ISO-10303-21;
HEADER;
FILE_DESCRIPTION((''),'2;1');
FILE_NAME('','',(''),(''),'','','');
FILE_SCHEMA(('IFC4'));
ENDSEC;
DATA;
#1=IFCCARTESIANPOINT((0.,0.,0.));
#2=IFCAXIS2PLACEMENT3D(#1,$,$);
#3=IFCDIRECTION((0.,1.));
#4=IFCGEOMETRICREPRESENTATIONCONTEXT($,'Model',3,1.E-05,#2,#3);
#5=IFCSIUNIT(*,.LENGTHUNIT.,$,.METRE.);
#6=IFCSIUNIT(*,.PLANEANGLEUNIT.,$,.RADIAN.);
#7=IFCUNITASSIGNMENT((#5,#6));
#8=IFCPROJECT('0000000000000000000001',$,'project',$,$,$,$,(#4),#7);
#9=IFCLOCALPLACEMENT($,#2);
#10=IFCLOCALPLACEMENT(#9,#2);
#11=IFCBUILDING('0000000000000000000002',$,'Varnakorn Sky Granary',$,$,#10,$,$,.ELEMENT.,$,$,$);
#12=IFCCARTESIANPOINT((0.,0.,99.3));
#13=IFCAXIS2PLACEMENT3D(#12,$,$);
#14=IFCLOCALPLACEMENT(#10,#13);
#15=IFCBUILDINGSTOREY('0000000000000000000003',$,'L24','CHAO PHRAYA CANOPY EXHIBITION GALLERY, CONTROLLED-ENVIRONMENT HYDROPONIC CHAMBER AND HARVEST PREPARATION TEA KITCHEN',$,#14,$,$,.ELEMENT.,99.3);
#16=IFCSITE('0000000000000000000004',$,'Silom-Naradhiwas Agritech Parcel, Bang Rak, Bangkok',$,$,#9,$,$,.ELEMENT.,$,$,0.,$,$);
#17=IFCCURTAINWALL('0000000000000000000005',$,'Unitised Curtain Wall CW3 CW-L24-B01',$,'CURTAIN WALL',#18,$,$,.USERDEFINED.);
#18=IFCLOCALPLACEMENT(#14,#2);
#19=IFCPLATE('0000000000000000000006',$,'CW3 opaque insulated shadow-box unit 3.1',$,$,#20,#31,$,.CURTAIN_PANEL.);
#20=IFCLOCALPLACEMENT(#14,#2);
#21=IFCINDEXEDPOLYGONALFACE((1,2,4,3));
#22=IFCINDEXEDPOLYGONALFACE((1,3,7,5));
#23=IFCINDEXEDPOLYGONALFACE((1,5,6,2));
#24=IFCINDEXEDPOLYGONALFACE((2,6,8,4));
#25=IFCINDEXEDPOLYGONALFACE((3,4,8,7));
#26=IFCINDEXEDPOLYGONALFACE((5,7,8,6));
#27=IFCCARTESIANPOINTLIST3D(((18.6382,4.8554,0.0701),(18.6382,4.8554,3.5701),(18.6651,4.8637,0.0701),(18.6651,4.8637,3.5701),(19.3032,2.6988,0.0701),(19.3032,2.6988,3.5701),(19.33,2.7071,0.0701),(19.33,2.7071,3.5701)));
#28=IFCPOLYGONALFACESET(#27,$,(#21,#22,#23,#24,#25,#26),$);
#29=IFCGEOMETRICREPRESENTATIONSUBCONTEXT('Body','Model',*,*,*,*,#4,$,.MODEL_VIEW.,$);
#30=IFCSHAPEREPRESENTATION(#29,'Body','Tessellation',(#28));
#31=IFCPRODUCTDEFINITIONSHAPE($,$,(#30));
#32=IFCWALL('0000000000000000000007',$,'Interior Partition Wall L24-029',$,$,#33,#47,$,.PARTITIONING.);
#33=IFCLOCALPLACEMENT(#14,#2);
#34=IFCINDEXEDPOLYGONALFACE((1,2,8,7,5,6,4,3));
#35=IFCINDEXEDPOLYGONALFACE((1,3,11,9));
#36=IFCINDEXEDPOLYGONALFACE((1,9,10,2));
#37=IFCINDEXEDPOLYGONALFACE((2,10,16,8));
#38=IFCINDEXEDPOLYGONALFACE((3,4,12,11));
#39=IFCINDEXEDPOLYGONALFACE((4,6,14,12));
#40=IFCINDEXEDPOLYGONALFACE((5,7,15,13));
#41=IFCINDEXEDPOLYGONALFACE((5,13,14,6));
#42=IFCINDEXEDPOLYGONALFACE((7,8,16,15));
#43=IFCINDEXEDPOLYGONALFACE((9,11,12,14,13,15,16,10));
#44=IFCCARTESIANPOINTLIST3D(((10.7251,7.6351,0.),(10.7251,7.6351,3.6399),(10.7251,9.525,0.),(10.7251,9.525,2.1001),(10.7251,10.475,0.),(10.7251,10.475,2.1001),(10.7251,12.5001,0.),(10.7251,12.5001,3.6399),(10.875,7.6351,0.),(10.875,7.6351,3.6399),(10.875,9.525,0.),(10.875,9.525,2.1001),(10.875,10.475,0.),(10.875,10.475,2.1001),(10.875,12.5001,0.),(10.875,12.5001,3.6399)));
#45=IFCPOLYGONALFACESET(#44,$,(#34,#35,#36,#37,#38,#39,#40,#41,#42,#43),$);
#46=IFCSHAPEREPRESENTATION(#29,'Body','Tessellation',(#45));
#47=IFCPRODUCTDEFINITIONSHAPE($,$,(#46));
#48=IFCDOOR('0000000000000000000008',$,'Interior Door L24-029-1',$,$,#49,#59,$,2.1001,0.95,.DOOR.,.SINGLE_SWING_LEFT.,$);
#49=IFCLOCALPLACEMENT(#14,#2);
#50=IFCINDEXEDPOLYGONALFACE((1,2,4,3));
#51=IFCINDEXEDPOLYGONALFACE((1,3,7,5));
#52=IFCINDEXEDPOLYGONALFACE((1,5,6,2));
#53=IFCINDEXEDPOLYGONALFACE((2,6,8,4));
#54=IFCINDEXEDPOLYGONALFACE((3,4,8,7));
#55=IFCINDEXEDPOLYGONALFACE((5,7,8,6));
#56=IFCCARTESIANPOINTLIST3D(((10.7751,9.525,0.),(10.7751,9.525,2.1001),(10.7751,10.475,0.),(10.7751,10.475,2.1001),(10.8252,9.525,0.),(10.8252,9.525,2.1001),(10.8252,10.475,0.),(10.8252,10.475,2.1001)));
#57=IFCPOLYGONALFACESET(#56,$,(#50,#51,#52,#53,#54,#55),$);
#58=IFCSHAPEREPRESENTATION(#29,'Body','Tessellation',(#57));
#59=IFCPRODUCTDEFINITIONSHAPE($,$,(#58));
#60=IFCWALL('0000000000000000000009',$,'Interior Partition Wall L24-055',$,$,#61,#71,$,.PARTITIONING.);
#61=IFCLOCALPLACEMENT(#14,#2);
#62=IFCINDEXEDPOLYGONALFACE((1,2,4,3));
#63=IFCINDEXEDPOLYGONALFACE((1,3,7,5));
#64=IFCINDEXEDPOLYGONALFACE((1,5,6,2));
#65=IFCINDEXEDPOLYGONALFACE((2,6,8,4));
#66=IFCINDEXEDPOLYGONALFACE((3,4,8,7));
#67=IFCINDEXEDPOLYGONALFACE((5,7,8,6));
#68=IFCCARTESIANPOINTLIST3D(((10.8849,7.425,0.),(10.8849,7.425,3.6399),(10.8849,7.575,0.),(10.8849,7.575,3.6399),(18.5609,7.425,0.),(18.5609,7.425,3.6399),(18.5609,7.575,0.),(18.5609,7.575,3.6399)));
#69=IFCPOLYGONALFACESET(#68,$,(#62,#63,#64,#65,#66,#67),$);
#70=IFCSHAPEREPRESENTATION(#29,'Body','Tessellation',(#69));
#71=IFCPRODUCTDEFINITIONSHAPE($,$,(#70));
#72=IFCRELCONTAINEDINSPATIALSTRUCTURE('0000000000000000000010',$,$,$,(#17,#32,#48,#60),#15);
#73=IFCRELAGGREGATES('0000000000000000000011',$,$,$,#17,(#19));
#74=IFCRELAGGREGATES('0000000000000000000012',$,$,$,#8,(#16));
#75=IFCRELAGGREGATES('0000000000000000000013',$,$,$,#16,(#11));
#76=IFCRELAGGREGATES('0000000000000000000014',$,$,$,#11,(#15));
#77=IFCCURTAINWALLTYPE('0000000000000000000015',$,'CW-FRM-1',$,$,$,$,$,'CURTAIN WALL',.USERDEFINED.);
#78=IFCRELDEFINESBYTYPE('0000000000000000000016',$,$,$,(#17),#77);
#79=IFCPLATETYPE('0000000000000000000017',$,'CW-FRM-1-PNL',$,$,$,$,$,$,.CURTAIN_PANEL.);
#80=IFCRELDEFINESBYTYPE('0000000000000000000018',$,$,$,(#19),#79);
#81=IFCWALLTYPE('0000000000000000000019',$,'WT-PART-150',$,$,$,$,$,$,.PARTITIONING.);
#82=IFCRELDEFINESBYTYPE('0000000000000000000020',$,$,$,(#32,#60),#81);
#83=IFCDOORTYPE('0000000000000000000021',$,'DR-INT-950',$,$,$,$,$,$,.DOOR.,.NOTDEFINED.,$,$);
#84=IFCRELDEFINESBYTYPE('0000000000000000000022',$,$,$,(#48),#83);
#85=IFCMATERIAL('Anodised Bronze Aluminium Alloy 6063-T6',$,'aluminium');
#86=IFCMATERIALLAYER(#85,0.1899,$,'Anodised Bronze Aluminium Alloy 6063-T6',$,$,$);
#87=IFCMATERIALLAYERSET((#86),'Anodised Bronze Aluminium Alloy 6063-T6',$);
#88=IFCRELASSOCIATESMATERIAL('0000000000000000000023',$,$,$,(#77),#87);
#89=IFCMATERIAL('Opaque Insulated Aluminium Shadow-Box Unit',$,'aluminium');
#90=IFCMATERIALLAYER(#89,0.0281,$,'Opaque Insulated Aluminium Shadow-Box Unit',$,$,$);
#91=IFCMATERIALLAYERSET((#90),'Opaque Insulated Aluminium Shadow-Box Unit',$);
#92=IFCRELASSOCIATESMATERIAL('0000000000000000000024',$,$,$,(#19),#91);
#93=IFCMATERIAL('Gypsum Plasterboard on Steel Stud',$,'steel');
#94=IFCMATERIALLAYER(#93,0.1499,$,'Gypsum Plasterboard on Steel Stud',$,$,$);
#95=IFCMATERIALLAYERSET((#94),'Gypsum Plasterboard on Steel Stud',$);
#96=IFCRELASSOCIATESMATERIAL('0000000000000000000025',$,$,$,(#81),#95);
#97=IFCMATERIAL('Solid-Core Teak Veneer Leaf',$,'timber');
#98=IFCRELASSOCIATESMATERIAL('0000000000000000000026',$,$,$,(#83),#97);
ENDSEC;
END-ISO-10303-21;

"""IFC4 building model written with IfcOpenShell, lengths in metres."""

from ifc_helpers import new_model, si_unit, direction, frame, frame_2d, origin, origin_2d, place, context, subcontext, project, spatial, rectangle, extrude, source, transform, mapped, material, layer, layer_set, type_object, element, fill, aggregate, save


model = new_model("IFC4")

# Units and contexts
model_context = context("Model", 3, precision=1e-05, world=origin(), true_north=direction((0.0, 1.0)))
body_context = subcontext(model_context, "Body", "Model", "MODEL_VIEW")
ifc_project = project(units=[si_unit("LENGTHUNIT", "METRE"), si_unit("PLANEANGLEUNIT", "RADIAN")], contexts=[model_context])

# Site, building, storey
site_placement = place(None, origin())
site = spatial("IfcSite", under=ifc_project, at=site_placement, Name="Silom-Naradhiwas Agritech Parcel, Bang Rak, Bangkok", CompositionType="ELEMENT", RefElevation=0.0)
building_placement = place(site_placement, origin())
building = spatial("IfcBuilding", under=site, at=building_placement, Name="Varnakorn Sky Granary", CompositionType="ELEMENT")
storey_placement = place(building_placement, frame((0.0, 0.0, 99.3)))
storey = spatial("IfcBuildingStorey", under=building, at=storey_placement, Name="L24", Description="CHAO PHRAYA CANOPY EXHIBITION GALLERY, CONTROLLED-ENVIRONMENT HYDROPONIC CHAMBER AND HARVEST PREPARATION TEA KITCHEN", CompositionType="ELEMENT", Elevation=99.3)

# Curtain wall
ifc_material_1 = material(Name="Anodised Bronze Aluminium Alloy 6063-T6", Category="aluminium")
ifc_layer_1 = layer(ifc_material_1, 0.1899, Name="Anodised Bronze Aluminium Alloy 6063-T6")
ifc_layer_set_1 = layer_set([ifc_layer_1], Name="Anodised Bronze Aluminium Alloy 6063-T6")
curtain_wall_type = type_object("IfcCurtainWallType", Name="CW-FRM-1", ElementType="CURTAIN WALL", PredefinedType="USERDEFINED", material=ifc_layer_set_1)
curtain_wall_1_placement = place(storey_placement, origin())
curtain_wall_1 = element("IfcCurtainWall", 1, at=curtain_wall_1_placement, inside=storey, type_object=curtain_wall_type, Name="Unitised Curtain Wall CW3 CW-L24-B01", ObjectType="CURTAIN WALL", PredefinedType="USERDEFINED")

# Plate
plate_type = type_object("IfcPlateType", Name="CW-FRM-1-PNL", PredefinedType="CURTAIN_PANEL")
ifc_material_2 = material(Name="Opaque Insulated Aluminium Shadow-Box Unit", Category="aluminium")
ifc_layer_2 = layer(ifc_material_2, 0.0281, Name="Opaque Insulated Aluminium Shadow-Box Unit")
ifc_layer_set_2 = layer_set([ifc_layer_2], Name="Opaque Insulated Aluminium Shadow-Box Unit")
shared_shape_1 = source(origin(), body_context, "Body", "SweptSolid", [
    extrude(rectangle(XDim=2.2568, YDim=0.0281, at=origin_2d()), origin(), (0.0, 0.0, 1.0), 3.5),
])
plate_1_placement = place(storey_placement, frame((18.9841, 3.7812, 0.0701), z_axis=(0.0, 0.0, 1.0), x_axis=(0.294651, -0.955605, 0.0)))
plate_1 = element("IfcPlate", 2, at=plate_1_placement, type_object=plate_type, material=ifc_layer_set_2, Name="CW3 opaque insulated shadow-box unit 3.1", PredefinedType="CURTAIN_PANEL", context=body_context, shape_type="MappedRepresentation", body=[
    mapped(shared_shape_1, transform((0.0, 0.0, 0.0), x_axis=(1.0, 0.0, 0.0), y_axis=(0.0, 1.0, 0.0), z_axis=(0.0, 0.0, 1.0), scale=1.0)),
])
aggregate(curtain_wall_1, [plate_1])

# Wall, opening, door
ifc_material_3 = material(Name="Gypsum Plasterboard on Steel Stud", Category="steel")
ifc_layer_3 = layer(ifc_material_3, 0.1499, Name="Gypsum Plasterboard on Steel Stud")
ifc_layer_set_3 = layer_set([ifc_layer_3], Name="Gypsum Plasterboard on Steel Stud")
wall_type = type_object("IfcWallType", Name="WT-PART-150", PredefinedType="PARTITIONING", material=ifc_layer_set_3)
wall_1_placement = place(storey_placement, frame((10.8, 7.635, 0.0), z_axis=(0.0, 0.0, 1.0), x_axis=(0.0, 1.0, 0.0)))
wall_1 = element("IfcWall", 3, at=wall_1_placement, inside=storey, type_object=wall_type, Name="Interior Partition Wall L24-029", PredefinedType="PARTITIONING", context=body_context, shape_type="SweptSolid", body=[
    extrude(rectangle(XDim=4.865, YDim=0.1499, at=frame_2d((2.4326, 0.0))), origin(), (0.0, 0.0, 1.0), 3.6399),
])
opening_placement = place(wall_1_placement, frame((1.8899, 0.0, 0.0)))
opening = element("IfcOpeningElement", 4, at=opening_placement, cuts=wall_1, PredefinedType="OPENING", context=body_context, shape_type="SweptSolid", body=[
    extrude(rectangle(XDim=0.95, YDim=2.1001, at=frame_2d((0.4751, 1.05))), frame((0.0, 0.085, 0.0), z_axis=(0.0, -1.0, 0.0), x_axis=(1.0, 0.0, 0.0)), (0.0, 0.0, 1.0), 0.1699),
])
ifc_material_4 = material(Name="Solid-Core Teak Veneer Leaf", Category="timber")
door_type = type_object("IfcDoorType", Name="DR-INT-950", OperationType="NOTDEFINED", PredefinedType="DOOR", material=ifc_material_4)
door_placement = place(opening_placement, origin())
door = element("IfcDoor", 5, at=door_placement, inside=storey, type_object=door_type, Name="Interior Door L24-029-1", OperationType="SINGLE_SWING_LEFT", OverallHeight=2.1001, OverallWidth=0.95, PredefinedType="DOOR", context=body_context, shape_type="SweptSolid", body=[
    extrude(rectangle(XDim=0.95, YDim=2.1001, at=frame_2d((0.4751, 1.05))), frame((0.0, 0.0249, 0.0), z_axis=(0.0, -1.0, 0.0), x_axis=(1.0, 0.0, 0.0)), (0.0, 0.0, 1.0), 0.05),
])
fill(opening, door)

# Wall
wall_2_placement = place(storey_placement, frame((10.885, 7.5, 0.0), z_axis=(0.0, 0.0, 1.0), x_axis=(1.0, 0.0, 0.0)))
element("IfcWall", 6, at=wall_2_placement, inside=storey, type_object=wall_type, Name="Interior Partition Wall L24-055", PredefinedType="PARTITIONING", context=body_context, shape_type="SweptSolid", body=[
    extrude(rectangle(XDim=7.676, YDim=0.1499, at=frame_2d((3.8379, 0.0))), origin(), (0.0, 0.0, 1.0), 3.6399),
])

save(model, "model.ifc")
